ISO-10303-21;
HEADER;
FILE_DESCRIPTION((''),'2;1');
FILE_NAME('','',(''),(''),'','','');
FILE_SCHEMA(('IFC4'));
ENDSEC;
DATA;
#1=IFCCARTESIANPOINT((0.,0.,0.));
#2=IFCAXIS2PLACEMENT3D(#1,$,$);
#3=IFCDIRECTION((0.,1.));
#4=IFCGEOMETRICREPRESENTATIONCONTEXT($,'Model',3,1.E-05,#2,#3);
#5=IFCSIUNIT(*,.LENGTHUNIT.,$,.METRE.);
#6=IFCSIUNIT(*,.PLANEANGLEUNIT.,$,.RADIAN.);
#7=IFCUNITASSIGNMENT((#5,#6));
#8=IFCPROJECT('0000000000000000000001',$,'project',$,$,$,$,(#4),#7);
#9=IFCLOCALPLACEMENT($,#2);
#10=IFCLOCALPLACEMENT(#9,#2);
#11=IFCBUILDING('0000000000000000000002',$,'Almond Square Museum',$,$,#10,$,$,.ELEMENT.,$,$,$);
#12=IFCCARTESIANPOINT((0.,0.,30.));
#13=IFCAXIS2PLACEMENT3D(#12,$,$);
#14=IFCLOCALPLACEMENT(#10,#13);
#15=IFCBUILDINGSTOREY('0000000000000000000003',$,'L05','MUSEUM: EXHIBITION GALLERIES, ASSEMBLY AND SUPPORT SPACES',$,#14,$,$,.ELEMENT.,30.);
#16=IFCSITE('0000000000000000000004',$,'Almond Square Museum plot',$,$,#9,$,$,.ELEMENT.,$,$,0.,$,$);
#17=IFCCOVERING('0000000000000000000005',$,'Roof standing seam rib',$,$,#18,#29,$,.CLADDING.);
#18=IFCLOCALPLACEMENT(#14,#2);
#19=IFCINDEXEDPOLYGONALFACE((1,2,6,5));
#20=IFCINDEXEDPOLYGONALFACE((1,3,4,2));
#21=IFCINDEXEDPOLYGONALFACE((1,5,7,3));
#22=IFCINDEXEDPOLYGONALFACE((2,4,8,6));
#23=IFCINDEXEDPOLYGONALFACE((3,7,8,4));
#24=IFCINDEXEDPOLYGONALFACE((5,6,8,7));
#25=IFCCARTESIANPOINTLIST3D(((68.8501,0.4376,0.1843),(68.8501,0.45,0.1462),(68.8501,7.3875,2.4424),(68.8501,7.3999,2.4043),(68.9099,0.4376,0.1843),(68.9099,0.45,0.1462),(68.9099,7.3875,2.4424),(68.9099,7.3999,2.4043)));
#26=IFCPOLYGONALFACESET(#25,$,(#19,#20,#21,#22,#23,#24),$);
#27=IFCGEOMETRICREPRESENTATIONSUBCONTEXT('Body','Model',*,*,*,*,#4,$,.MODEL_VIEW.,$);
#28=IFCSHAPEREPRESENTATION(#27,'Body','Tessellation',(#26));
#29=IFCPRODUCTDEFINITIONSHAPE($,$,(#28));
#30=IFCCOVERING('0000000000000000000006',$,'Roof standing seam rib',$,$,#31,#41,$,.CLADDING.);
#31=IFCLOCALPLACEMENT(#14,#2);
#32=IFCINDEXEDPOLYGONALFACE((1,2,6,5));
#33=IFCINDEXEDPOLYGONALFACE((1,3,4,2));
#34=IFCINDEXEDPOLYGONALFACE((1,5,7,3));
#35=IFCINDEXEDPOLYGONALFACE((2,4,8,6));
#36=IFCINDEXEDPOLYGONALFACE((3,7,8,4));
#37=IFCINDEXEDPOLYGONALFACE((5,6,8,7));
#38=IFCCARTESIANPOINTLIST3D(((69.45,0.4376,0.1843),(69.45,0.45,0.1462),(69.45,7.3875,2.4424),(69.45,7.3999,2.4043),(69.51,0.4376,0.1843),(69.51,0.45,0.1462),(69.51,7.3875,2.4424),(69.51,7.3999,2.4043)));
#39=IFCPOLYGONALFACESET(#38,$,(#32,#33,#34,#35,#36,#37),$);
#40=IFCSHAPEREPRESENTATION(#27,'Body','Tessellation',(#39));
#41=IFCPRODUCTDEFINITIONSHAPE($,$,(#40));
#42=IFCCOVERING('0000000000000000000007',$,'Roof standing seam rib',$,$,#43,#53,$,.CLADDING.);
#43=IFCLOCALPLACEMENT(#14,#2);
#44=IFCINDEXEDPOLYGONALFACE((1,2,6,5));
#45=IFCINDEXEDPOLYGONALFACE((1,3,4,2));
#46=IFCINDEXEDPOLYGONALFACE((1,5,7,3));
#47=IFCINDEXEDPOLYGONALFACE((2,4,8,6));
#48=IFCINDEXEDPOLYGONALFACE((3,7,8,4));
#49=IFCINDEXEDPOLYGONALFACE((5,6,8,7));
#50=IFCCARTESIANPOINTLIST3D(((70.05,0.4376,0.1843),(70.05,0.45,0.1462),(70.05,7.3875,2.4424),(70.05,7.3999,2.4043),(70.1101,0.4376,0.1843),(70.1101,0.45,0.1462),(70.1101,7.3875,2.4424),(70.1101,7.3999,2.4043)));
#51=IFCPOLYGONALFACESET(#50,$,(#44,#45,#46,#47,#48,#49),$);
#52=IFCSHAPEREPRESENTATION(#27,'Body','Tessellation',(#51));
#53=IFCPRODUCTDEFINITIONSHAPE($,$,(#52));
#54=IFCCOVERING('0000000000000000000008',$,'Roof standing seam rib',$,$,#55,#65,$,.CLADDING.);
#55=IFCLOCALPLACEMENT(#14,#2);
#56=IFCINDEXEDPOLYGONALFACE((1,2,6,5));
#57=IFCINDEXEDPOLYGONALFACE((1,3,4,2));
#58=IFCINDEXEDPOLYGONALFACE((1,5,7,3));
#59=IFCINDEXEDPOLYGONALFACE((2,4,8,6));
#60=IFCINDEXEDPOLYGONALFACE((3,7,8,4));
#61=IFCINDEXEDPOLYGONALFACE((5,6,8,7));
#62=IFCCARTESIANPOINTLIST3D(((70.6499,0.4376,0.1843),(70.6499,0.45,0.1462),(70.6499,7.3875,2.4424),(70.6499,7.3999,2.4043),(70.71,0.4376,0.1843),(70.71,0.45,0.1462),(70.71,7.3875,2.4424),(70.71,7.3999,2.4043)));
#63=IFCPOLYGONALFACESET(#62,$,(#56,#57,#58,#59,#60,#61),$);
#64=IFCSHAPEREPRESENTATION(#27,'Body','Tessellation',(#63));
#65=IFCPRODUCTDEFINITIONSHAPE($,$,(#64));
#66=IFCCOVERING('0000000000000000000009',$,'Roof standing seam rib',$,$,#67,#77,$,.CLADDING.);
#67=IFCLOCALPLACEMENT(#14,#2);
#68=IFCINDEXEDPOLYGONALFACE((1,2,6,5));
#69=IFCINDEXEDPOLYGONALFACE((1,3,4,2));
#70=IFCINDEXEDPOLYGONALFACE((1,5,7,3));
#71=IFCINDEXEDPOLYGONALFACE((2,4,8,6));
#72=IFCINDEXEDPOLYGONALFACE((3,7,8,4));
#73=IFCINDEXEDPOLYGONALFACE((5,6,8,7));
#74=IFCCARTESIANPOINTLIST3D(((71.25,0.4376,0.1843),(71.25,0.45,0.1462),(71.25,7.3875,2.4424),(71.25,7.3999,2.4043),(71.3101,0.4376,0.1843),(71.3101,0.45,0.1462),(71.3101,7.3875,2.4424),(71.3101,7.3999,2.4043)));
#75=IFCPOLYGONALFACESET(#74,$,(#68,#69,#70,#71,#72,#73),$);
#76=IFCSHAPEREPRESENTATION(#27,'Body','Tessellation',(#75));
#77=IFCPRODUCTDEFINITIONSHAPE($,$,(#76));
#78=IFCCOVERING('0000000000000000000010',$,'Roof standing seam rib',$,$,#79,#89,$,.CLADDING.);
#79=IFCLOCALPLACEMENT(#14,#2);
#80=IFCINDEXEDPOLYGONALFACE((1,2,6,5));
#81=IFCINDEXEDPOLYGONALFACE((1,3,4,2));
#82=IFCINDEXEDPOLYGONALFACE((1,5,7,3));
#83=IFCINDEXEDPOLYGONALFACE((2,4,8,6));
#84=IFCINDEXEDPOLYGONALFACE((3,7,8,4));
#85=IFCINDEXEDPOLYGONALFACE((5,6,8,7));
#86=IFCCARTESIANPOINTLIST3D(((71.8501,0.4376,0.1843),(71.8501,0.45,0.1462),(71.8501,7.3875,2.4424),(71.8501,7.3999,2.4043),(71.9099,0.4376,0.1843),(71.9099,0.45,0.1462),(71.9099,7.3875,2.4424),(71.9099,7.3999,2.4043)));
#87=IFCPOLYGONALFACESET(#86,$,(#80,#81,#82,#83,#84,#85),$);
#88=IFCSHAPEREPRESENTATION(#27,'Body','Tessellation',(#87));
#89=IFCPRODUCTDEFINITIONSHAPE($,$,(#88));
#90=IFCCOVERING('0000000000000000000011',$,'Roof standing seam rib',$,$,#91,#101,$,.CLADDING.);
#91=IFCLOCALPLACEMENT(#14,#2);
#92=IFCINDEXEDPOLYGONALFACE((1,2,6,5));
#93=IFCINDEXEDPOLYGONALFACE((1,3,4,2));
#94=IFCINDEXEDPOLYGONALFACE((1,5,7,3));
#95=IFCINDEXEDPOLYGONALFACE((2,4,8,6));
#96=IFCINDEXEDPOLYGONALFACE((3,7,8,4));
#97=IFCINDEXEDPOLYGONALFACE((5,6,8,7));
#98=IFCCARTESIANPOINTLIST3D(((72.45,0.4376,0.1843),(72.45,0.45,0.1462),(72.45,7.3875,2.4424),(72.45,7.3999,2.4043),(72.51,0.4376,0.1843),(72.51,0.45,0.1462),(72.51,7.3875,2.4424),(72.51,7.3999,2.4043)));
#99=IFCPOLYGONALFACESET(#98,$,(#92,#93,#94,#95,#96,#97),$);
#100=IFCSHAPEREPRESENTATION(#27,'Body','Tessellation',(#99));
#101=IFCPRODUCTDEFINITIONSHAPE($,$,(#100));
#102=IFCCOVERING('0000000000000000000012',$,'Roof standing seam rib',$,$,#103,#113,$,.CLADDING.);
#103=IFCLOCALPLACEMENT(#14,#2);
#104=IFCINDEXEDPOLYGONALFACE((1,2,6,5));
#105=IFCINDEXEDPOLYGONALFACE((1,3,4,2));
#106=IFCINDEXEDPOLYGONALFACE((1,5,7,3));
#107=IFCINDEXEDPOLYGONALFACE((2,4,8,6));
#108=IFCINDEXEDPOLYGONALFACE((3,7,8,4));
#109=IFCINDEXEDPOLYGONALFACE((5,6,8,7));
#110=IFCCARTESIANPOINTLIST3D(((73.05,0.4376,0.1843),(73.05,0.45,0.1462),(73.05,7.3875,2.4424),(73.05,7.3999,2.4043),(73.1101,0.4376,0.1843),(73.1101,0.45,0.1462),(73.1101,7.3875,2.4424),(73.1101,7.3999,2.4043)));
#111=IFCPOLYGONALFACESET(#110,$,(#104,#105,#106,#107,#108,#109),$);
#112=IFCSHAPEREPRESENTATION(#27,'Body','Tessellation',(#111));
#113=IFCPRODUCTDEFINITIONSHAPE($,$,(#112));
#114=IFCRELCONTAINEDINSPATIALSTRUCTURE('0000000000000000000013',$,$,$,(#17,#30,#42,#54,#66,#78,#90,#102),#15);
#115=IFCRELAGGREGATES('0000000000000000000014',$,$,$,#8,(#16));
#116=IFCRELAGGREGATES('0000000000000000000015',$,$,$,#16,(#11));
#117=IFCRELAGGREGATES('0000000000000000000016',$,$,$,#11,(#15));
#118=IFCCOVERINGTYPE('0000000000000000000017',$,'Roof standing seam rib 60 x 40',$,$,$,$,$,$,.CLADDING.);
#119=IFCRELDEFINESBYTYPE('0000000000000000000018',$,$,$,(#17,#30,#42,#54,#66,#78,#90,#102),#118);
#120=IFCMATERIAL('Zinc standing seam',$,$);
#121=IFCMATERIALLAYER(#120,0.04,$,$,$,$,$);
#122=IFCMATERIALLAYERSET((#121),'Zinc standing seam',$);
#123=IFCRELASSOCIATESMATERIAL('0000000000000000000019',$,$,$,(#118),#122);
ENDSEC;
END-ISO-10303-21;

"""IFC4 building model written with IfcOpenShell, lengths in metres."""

from ifc_helpers import new_model, si_unit, direction, frame, origin, place, context, subcontext, project, spatial, polyline, outline, extrude, material, layer, layer_set, type_object, element, save


model = new_model("IFC4")

# Units and contexts
model_context = context("Model", 3, precision=1e-05, world=origin(), true_north=direction((0.0, 1.0)))
body_context = subcontext(model_context, "Body", "Model", "MODEL_VIEW")
ifc_project = project(units=[si_unit("LENGTHUNIT", "METRE"), si_unit("PLANEANGLEUNIT", "RADIAN")], contexts=[model_context])

# Site, building, storey
site_placement = place(None, origin())
site = spatial("IfcSite", under=ifc_project, at=site_placement, Name="Almond Square Museum plot", CompositionType="ELEMENT", RefElevation=0.0)
building_placement = place(site_placement, origin())
building = spatial("IfcBuilding", under=site, at=building_placement, Name="Almond Square Museum", CompositionType="ELEMENT")
storey_placement = place(building_placement, frame((0.0, 0.0, 30.0)))
storey = spatial("IfcBuildingStorey", under=building, at=storey_placement, Name="L05", Description="MUSEUM: EXHIBITION GALLERIES, ASSEMBLY AND SUPPORT SPACES", CompositionType="ELEMENT", Elevation=30.0)

# Coverings
ifc_material_1 = material(Name="Zinc standing seam")
ifc_layer_1 = layer(ifc_material_1, 0.04)
ifc_layer_set_1 = layer_set([ifc_layer_1], Name="Zinc standing seam")
covering_type = type_object("IfcCoveringType", Name="Roof standing seam rib 60 x 40", PredefinedType="CLADDING", material=ifc_layer_set_1)
covering_1_placement = place(storey_placement, frame((68.8501, 0.45, 0.1462), z_axis=(0.0, -0.309002, 0.951061), x_axis=(1.0, 0.0, 0.0)))
element("IfcCovering", 1, at=covering_1_placement, inside=storey, type_object=covering_type, Name="Roof standing seam rib", PredefinedType="CLADDING", context=body_context, shape_type="SweptSolid", body=[
    extrude(outline(polyline([(0.0, 0.0), (0.0598, 0.0), (0.0598, 7.3076), (0.0, 7.3076), (0.0, 0.0)])), origin(), (0.0, 0.0, 1.0), 0.04),
])
for number, where, z_axis, x_axis, name in (
    (2, (69.45, 0.45, 0.1462), (0.0, -0.309002, 0.951061), (1.0, 0.0, 0.0), "Roof standing seam rib"),
    (3, (70.05, 0.45, 0.1462), (0.0, -0.309002, 0.951061), (1.0, 0.0, 0.0), "Roof standing seam rib"),
    (4, (70.6499, 0.45, 0.1462), (0.0, -0.309002, 0.951061), (1.0, 0.0, 0.0), "Roof standing seam rib"),
    (5, (71.25, 0.45, 0.1462), (0.0, -0.309002, 0.951061), (1.0, 0.0, 0.0), "Roof standing seam rib"),
):
    element("IfcCovering", number, at=place(storey_placement, frame(where, z_axis=z_axis, x_axis=x_axis)), inside=storey, type_object=covering_type, Name=name, PredefinedType="CLADDING", context=body_context, shape_type="SweptSolid", body=[
        extrude(outline(polyline([(0.0, 0.0), (0.0601, 0.0), (0.0601, 7.3076), (0.0, 7.3076), (0.0, 0.0)])), origin(), (0.0, 0.0, 1.0), 0.04),
    ])
covering_2_placement = place(storey_placement, frame((71.8501, 0.45, 0.1462), z_axis=(0.0, -0.309002, 0.951061), x_axis=(1.0, 0.0, 0.0)))
element("IfcCovering", 6, at=covering_2_placement, inside=storey, type_object=covering_type, Name="Roof standing seam rib", PredefinedType="CLADDING", context=body_context, shape_type="SweptSolid", body=[
    extrude(outline(polyline([(0.0, 0.0), (0.0598, 0.0), (0.0598, 7.3076), (0.0, 7.3076), (0.0, 0.0)])), origin(), (0.0, 0.0, 1.0), 0.04),
])
for number, where, z_axis, x_axis, name in (
    (7, (72.45, 0.45, 0.1462), (0.0, -0.309002, 0.951061), (1.0, 0.0, 0.0), "Roof standing seam rib"),
    (8, (73.05, 0.45, 0.1462), (0.0, -0.309002, 0.951061), (1.0, 0.0, 0.0), "Roof standing seam rib"),
):
    element("IfcCovering", number, at=place(storey_placement, frame(where, z_axis=z_axis, x_axis=x_axis)), inside=storey, type_object=covering_type, Name=name, PredefinedType="CLADDING", context=body_context, shape_type="SweptSolid", body=[
        extrude(outline(polyline([(0.0, 0.0), (0.0601, 0.0), (0.0601, 7.3076), (0.0, 7.3076), (0.0, 0.0)])), origin(), (0.0, 0.0, 1.0), 0.04),
    ])

save(model, "model.ifc")
